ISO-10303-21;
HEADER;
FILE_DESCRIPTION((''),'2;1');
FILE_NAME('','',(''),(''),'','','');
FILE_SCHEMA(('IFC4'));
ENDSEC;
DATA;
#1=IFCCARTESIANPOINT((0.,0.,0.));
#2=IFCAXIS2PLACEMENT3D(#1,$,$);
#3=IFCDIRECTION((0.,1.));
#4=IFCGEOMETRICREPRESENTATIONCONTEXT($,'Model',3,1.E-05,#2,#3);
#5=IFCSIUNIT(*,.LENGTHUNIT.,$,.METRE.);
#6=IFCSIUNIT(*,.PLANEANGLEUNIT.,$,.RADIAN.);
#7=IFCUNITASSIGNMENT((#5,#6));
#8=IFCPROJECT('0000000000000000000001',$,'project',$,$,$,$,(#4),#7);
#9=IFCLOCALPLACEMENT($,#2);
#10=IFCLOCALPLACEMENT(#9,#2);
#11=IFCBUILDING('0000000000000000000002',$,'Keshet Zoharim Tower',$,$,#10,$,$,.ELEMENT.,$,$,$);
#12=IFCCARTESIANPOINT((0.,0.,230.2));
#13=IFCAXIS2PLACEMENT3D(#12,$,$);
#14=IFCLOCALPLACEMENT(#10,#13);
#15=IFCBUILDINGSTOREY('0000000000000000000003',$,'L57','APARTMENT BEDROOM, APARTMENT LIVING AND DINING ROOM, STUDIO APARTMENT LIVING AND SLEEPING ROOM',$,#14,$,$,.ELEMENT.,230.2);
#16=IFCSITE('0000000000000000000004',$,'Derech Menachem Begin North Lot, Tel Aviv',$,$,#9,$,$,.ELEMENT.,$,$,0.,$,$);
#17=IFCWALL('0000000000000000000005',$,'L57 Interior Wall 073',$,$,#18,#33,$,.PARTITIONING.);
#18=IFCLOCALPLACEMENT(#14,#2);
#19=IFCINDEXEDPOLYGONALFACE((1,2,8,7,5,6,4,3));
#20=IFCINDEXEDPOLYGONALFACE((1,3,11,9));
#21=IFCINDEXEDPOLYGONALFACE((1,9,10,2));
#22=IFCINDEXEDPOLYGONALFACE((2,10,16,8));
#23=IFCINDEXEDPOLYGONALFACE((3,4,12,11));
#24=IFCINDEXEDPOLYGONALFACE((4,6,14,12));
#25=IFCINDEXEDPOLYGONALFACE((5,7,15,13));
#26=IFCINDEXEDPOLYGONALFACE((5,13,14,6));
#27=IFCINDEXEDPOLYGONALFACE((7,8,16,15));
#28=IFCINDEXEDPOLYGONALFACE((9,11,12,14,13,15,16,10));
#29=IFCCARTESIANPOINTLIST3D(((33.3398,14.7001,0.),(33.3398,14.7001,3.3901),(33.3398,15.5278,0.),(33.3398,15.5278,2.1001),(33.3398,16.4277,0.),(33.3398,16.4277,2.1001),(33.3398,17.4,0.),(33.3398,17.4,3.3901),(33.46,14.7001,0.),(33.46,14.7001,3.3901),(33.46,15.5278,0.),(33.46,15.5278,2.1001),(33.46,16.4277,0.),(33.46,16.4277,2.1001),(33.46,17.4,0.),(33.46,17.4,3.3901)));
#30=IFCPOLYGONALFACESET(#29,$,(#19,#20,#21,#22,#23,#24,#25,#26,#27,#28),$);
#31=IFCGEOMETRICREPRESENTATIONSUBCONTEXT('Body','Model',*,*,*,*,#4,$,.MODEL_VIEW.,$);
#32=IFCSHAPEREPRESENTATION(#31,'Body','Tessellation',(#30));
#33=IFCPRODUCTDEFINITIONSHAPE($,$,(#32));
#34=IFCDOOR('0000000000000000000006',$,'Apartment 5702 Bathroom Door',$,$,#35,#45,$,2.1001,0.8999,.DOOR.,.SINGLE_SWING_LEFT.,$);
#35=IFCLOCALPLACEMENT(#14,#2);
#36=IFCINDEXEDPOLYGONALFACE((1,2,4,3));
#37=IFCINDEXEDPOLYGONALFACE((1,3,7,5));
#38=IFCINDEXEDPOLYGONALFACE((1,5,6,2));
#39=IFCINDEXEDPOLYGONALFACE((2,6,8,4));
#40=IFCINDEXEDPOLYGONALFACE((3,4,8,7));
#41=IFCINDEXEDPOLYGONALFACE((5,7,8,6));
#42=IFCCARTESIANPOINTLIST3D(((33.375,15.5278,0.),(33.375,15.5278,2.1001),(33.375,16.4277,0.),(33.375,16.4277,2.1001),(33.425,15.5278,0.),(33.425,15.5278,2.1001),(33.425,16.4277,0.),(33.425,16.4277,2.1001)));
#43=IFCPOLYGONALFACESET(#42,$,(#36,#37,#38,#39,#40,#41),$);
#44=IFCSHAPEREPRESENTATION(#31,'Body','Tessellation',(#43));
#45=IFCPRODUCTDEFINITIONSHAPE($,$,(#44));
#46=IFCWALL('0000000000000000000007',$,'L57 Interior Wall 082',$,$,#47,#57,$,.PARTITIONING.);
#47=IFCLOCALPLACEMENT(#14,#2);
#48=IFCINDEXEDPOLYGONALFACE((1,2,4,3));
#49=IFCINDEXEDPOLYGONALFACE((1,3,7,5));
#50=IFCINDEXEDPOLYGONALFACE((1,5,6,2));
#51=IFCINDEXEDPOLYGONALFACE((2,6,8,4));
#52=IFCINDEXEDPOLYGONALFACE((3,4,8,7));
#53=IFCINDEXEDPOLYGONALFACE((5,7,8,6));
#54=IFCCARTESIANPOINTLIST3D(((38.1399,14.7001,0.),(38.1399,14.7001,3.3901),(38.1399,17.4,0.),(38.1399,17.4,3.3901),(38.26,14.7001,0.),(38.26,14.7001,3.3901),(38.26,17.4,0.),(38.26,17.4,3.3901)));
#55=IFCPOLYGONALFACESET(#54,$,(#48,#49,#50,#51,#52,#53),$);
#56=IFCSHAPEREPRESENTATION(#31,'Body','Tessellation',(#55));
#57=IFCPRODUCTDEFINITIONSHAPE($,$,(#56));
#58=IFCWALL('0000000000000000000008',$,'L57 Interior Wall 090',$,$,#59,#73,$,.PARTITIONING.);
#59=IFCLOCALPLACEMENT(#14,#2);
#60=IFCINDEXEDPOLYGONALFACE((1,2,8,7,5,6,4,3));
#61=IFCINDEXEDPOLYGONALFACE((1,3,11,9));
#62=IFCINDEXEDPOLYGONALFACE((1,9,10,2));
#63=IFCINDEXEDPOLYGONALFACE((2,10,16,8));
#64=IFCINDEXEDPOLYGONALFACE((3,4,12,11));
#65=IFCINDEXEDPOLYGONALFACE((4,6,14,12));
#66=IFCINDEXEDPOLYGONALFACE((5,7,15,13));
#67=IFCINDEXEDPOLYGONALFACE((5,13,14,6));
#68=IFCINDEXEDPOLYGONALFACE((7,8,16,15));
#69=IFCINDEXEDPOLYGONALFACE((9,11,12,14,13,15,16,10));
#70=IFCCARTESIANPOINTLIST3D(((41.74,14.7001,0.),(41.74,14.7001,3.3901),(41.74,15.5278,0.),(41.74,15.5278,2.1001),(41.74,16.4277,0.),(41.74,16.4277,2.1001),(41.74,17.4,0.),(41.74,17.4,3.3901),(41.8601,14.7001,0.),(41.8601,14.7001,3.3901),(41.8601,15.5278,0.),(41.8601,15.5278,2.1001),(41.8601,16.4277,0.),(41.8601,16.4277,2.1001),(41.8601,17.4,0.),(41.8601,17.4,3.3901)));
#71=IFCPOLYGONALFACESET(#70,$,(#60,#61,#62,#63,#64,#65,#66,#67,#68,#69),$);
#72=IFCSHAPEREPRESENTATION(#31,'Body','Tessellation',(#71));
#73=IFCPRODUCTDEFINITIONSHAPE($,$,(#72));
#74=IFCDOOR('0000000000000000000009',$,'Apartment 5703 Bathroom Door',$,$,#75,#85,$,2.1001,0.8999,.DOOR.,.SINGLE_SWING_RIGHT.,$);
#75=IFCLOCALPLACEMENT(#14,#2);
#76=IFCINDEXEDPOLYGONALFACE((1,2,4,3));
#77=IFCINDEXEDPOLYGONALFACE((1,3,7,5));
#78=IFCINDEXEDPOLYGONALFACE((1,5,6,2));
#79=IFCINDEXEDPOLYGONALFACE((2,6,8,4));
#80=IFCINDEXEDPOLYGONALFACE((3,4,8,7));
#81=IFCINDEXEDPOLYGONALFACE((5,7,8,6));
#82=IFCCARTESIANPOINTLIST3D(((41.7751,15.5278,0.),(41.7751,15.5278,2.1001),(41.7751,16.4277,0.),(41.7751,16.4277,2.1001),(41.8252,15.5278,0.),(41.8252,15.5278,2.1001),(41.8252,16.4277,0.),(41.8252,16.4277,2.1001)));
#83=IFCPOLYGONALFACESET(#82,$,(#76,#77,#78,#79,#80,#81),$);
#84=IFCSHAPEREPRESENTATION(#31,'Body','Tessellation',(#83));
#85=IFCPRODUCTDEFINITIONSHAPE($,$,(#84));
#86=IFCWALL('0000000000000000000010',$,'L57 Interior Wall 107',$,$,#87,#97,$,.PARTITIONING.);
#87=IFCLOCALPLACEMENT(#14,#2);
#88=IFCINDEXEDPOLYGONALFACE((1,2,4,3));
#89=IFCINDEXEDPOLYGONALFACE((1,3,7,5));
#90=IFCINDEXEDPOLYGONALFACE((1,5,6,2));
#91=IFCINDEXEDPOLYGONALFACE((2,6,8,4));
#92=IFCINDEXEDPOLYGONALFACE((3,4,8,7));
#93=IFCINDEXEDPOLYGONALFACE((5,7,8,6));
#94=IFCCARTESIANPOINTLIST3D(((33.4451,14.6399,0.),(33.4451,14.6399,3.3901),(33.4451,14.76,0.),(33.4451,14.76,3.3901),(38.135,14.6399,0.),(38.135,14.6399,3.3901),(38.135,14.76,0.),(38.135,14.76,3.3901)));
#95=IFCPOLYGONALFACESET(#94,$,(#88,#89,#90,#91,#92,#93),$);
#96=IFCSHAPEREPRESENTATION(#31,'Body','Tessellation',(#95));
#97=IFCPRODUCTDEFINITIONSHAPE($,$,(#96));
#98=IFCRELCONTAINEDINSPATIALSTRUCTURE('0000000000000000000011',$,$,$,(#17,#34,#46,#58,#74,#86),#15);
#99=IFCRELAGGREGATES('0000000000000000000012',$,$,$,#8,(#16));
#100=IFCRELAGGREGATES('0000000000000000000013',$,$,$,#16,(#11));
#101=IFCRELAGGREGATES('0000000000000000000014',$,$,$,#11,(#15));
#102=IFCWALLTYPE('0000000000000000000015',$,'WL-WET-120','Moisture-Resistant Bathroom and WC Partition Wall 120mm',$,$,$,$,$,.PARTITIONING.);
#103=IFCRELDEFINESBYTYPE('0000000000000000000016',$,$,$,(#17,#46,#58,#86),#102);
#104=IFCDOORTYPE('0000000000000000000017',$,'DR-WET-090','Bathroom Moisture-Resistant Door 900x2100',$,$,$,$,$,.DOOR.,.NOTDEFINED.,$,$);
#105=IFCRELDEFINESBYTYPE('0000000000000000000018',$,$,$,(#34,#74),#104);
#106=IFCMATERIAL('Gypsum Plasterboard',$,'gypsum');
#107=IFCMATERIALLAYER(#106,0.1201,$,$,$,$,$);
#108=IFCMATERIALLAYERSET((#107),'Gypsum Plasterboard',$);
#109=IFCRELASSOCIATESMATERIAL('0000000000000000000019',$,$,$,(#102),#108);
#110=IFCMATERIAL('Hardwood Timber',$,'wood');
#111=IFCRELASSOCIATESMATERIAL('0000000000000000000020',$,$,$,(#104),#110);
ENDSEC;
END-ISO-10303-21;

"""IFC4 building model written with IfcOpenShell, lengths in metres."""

from ifc_helpers import new_model, si_unit, direction, frame, frame_2d, origin, place, context, subcontext, project, spatial, rectangle, extrude, material, layer, layer_set, type_object, element, fill, save


model = new_model("IFC4")

# Units and contexts
model_context = context("Model", 3, precision=1e-05, world=origin(), true_north=direction((0.0, 1.0)))
body_context = subcontext(model_context, "Body", "Model", "MODEL_VIEW")
ifc_project = project(units=[si_unit("LENGTHUNIT", "METRE"), si_unit("PLANEANGLEUNIT", "RADIAN")], contexts=[model_context])

# Site, building, storey
site_placement = place(None, origin())
site = spatial("IfcSite", under=ifc_project, at=site_placement, Name="Derech Menachem Begin North Lot, Tel Aviv", CompositionType="ELEMENT", RefElevation=0.0)
building_placement = place(site_placement, origin())
building = spatial("IfcBuilding", under=site, at=building_placement, Name="Keshet Zoharim Tower", CompositionType="ELEMENT")
storey_placement = place(building_placement, frame((0.0, 0.0, 230.2)))
storey = spatial("IfcBuildingStorey", under=building, at=storey_placement, Name="L57", Description="APARTMENT BEDROOM, APARTMENT LIVING AND DINING ROOM, STUDIO APARTMENT LIVING AND SLEEPING ROOM", CompositionType="ELEMENT", Elevation=230.2)

# Shared definitions
ifc_material_1 = material(Name="Gypsum Plasterboard", Category="gypsum")
ifc_material_2 = material(Name="Hardwood Timber", Category="wood")

# Wall, opening, door
ifc_layer_1 = layer(ifc_material_1, 0.1201)
ifc_layer_set_1 = layer_set([ifc_layer_1], Name="Gypsum Plasterboard")
wall_type_1 = type_object("IfcWallType", Name="WL-WET-120", Description="Moisture-Resistant Bathroom and WC Partition Wall 120mm", PredefinedType="PARTITIONING", material=ifc_layer_set_1)
wall_1_placement = place(storey_placement, frame((33.3999, 14.7, 0.0), z_axis=(0.0, 0.0, 1.0), x_axis=(0.0, 1.0, 0.0)))
wall_1 = element("IfcWall", 1, at=wall_1_placement, inside=storey, type_object=wall_type_1, Name="L57 Interior Wall 073", PredefinedType="PARTITIONING", context=body_context, shape_type="SweptSolid", body=[
    extrude(rectangle(XDim=2.7, YDim=0.1201, at=frame_2d((1.3501, 0.0))), origin(), (0.0, 0.0, 1.0), 3.3901),
])
opening_1_placement = place(wall_1_placement, frame((0.8279, 0.0, 0.0)))
opening_1 = element("IfcOpeningElement", 2, at=opening_1_placement, cuts=wall_1, PredefinedType="OPENING", context=body_context, shape_type="SweptSolid", body=[
    extrude(rectangle(XDim=0.8999, YDim=2.1001, at=frame_2d((0.45, 1.05))), frame((0.0, 0.0701, 0.0), z_axis=(0.0, -1.0, 0.0), x_axis=(1.0, 0.0, 0.0)), (0.0, 0.0, 1.0), 0.1401),
])
door_type_1 = type_object("IfcDoorType", Name="DR-WET-090", Description="Bathroom Moisture-Resistant Door 900x2100", OperationType="NOTDEFINED", PredefinedType="DOOR", material=ifc_material_2)
door_1_placement = place(opening_1_placement, origin())
door_1 = element("IfcDoor", 3, at=door_1_placement, inside=storey, type_object=door_type_1, Name="Apartment 5702 Bathroom Door", OperationType="SINGLE_SWING_LEFT", OverallHeight=2.1001, OverallWidth=0.8999, PredefinedType="DOOR", context=body_context, shape_type="SweptSolid", body=[
    extrude(rectangle(XDim=0.8999, YDim=2.1001, at=frame_2d((0.45, 1.05))), frame((0.0, 0.0249, 0.0), z_axis=(0.0, -1.0, 0.0), x_axis=(1.0, 0.0, 0.0)), (0.0, 0.0, 1.0), 0.05),
])
fill(opening_1, door_1)

# Wall
wall_2_placement = place(storey_placement, frame((38.2, 14.7, 0.0), z_axis=(0.0, 0.0, 1.0), x_axis=(0.0, 1.0, 0.0)))
element("IfcWall", 4, at=wall_2_placement, inside=storey, type_object=wall_type_1, Name="L57 Interior Wall 082", PredefinedType="PARTITIONING", context=body_context, shape_type="SweptSolid", body=[
    extrude(rectangle(XDim=2.7, YDim=0.1201, at=frame_2d((1.3501, 0.0))), origin(), (0.0, 0.0, 1.0), 3.3901),
])

# Wall, opening, door
wall_3_placement = place(storey_placement, frame((41.8, 14.7, 0.0), z_axis=(0.0, 0.0, 1.0), x_axis=(0.0, 1.0, 0.0)))
wall_3 = element("IfcWall", 5, at=wall_3_placement, inside=storey, type_object=wall_type_1, Name="L57 Interior Wall 090", PredefinedType="PARTITIONING", context=body_context, shape_type="SweptSolid", body=[
    extrude(rectangle(XDim=2.7, YDim=0.1201, at=frame_2d((1.3501, 0.0))), origin(), (0.0, 0.0, 1.0), 3.3901),
])
opening_2_placement = place(wall_3_placement, frame((0.8279, 0.0, 0.0)))
opening_2 = element("IfcOpeningElement", 6, at=opening_2_placement, cuts=wall_3, PredefinedType="OPENING", context=body_context, shape_type="SweptSolid", body=[
    extrude(rectangle(XDim=0.8999, YDim=2.1001, at=frame_2d((0.45, 1.05))), frame((0.0, 0.0701, 0.0), z_axis=(0.0, -1.0, 0.0), x_axis=(1.0, 0.0, 0.0)), (0.0, 0.0, 1.0), 0.1401),
])
door_2_placement = place(opening_2_placement, origin())
door_2 = element("IfcDoor", 7, at=door_2_placement, inside=storey, type_object=door_type_1, Name="Apartment 5703 Bathroom Door", OperationType="SINGLE_SWING_RIGHT", OverallHeight=2.1001, OverallWidth=0.8999, PredefinedType="DOOR", context=body_context, shape_type="SweptSolid", body=[
    extrude(rectangle(XDim=0.8999, YDim=2.1001, at=frame_2d((0.45, 1.05))), frame((0.0, 0.0249, 0.0), z_axis=(0.0, -1.0, 0.0), x_axis=(1.0, 0.0, 0.0)), (0.0, 0.0, 1.0), 0.05),
])
fill(opening_2, door_2)

# Wall
wall_4_placement = place(storey_placement, frame((33.4451, 14.7, 0.0), z_axis=(0.0, 0.0, 1.0), x_axis=(1.0, 0.0, 0.0)))
element("IfcWall", 8, at=wall_4_placement, inside=storey, type_object=wall_type_1, Name="L57 Interior Wall 107", PredefinedType="PARTITIONING", context=body_context, shape_type="SweptSolid", body=[
    extrude(rectangle(XDim=4.6899, YDim=0.1201, at=frame_2d((2.345, 0.0))), origin(), (0.0, 0.0, 1.0), 3.3901),
])

save(model, "model.ifc")
